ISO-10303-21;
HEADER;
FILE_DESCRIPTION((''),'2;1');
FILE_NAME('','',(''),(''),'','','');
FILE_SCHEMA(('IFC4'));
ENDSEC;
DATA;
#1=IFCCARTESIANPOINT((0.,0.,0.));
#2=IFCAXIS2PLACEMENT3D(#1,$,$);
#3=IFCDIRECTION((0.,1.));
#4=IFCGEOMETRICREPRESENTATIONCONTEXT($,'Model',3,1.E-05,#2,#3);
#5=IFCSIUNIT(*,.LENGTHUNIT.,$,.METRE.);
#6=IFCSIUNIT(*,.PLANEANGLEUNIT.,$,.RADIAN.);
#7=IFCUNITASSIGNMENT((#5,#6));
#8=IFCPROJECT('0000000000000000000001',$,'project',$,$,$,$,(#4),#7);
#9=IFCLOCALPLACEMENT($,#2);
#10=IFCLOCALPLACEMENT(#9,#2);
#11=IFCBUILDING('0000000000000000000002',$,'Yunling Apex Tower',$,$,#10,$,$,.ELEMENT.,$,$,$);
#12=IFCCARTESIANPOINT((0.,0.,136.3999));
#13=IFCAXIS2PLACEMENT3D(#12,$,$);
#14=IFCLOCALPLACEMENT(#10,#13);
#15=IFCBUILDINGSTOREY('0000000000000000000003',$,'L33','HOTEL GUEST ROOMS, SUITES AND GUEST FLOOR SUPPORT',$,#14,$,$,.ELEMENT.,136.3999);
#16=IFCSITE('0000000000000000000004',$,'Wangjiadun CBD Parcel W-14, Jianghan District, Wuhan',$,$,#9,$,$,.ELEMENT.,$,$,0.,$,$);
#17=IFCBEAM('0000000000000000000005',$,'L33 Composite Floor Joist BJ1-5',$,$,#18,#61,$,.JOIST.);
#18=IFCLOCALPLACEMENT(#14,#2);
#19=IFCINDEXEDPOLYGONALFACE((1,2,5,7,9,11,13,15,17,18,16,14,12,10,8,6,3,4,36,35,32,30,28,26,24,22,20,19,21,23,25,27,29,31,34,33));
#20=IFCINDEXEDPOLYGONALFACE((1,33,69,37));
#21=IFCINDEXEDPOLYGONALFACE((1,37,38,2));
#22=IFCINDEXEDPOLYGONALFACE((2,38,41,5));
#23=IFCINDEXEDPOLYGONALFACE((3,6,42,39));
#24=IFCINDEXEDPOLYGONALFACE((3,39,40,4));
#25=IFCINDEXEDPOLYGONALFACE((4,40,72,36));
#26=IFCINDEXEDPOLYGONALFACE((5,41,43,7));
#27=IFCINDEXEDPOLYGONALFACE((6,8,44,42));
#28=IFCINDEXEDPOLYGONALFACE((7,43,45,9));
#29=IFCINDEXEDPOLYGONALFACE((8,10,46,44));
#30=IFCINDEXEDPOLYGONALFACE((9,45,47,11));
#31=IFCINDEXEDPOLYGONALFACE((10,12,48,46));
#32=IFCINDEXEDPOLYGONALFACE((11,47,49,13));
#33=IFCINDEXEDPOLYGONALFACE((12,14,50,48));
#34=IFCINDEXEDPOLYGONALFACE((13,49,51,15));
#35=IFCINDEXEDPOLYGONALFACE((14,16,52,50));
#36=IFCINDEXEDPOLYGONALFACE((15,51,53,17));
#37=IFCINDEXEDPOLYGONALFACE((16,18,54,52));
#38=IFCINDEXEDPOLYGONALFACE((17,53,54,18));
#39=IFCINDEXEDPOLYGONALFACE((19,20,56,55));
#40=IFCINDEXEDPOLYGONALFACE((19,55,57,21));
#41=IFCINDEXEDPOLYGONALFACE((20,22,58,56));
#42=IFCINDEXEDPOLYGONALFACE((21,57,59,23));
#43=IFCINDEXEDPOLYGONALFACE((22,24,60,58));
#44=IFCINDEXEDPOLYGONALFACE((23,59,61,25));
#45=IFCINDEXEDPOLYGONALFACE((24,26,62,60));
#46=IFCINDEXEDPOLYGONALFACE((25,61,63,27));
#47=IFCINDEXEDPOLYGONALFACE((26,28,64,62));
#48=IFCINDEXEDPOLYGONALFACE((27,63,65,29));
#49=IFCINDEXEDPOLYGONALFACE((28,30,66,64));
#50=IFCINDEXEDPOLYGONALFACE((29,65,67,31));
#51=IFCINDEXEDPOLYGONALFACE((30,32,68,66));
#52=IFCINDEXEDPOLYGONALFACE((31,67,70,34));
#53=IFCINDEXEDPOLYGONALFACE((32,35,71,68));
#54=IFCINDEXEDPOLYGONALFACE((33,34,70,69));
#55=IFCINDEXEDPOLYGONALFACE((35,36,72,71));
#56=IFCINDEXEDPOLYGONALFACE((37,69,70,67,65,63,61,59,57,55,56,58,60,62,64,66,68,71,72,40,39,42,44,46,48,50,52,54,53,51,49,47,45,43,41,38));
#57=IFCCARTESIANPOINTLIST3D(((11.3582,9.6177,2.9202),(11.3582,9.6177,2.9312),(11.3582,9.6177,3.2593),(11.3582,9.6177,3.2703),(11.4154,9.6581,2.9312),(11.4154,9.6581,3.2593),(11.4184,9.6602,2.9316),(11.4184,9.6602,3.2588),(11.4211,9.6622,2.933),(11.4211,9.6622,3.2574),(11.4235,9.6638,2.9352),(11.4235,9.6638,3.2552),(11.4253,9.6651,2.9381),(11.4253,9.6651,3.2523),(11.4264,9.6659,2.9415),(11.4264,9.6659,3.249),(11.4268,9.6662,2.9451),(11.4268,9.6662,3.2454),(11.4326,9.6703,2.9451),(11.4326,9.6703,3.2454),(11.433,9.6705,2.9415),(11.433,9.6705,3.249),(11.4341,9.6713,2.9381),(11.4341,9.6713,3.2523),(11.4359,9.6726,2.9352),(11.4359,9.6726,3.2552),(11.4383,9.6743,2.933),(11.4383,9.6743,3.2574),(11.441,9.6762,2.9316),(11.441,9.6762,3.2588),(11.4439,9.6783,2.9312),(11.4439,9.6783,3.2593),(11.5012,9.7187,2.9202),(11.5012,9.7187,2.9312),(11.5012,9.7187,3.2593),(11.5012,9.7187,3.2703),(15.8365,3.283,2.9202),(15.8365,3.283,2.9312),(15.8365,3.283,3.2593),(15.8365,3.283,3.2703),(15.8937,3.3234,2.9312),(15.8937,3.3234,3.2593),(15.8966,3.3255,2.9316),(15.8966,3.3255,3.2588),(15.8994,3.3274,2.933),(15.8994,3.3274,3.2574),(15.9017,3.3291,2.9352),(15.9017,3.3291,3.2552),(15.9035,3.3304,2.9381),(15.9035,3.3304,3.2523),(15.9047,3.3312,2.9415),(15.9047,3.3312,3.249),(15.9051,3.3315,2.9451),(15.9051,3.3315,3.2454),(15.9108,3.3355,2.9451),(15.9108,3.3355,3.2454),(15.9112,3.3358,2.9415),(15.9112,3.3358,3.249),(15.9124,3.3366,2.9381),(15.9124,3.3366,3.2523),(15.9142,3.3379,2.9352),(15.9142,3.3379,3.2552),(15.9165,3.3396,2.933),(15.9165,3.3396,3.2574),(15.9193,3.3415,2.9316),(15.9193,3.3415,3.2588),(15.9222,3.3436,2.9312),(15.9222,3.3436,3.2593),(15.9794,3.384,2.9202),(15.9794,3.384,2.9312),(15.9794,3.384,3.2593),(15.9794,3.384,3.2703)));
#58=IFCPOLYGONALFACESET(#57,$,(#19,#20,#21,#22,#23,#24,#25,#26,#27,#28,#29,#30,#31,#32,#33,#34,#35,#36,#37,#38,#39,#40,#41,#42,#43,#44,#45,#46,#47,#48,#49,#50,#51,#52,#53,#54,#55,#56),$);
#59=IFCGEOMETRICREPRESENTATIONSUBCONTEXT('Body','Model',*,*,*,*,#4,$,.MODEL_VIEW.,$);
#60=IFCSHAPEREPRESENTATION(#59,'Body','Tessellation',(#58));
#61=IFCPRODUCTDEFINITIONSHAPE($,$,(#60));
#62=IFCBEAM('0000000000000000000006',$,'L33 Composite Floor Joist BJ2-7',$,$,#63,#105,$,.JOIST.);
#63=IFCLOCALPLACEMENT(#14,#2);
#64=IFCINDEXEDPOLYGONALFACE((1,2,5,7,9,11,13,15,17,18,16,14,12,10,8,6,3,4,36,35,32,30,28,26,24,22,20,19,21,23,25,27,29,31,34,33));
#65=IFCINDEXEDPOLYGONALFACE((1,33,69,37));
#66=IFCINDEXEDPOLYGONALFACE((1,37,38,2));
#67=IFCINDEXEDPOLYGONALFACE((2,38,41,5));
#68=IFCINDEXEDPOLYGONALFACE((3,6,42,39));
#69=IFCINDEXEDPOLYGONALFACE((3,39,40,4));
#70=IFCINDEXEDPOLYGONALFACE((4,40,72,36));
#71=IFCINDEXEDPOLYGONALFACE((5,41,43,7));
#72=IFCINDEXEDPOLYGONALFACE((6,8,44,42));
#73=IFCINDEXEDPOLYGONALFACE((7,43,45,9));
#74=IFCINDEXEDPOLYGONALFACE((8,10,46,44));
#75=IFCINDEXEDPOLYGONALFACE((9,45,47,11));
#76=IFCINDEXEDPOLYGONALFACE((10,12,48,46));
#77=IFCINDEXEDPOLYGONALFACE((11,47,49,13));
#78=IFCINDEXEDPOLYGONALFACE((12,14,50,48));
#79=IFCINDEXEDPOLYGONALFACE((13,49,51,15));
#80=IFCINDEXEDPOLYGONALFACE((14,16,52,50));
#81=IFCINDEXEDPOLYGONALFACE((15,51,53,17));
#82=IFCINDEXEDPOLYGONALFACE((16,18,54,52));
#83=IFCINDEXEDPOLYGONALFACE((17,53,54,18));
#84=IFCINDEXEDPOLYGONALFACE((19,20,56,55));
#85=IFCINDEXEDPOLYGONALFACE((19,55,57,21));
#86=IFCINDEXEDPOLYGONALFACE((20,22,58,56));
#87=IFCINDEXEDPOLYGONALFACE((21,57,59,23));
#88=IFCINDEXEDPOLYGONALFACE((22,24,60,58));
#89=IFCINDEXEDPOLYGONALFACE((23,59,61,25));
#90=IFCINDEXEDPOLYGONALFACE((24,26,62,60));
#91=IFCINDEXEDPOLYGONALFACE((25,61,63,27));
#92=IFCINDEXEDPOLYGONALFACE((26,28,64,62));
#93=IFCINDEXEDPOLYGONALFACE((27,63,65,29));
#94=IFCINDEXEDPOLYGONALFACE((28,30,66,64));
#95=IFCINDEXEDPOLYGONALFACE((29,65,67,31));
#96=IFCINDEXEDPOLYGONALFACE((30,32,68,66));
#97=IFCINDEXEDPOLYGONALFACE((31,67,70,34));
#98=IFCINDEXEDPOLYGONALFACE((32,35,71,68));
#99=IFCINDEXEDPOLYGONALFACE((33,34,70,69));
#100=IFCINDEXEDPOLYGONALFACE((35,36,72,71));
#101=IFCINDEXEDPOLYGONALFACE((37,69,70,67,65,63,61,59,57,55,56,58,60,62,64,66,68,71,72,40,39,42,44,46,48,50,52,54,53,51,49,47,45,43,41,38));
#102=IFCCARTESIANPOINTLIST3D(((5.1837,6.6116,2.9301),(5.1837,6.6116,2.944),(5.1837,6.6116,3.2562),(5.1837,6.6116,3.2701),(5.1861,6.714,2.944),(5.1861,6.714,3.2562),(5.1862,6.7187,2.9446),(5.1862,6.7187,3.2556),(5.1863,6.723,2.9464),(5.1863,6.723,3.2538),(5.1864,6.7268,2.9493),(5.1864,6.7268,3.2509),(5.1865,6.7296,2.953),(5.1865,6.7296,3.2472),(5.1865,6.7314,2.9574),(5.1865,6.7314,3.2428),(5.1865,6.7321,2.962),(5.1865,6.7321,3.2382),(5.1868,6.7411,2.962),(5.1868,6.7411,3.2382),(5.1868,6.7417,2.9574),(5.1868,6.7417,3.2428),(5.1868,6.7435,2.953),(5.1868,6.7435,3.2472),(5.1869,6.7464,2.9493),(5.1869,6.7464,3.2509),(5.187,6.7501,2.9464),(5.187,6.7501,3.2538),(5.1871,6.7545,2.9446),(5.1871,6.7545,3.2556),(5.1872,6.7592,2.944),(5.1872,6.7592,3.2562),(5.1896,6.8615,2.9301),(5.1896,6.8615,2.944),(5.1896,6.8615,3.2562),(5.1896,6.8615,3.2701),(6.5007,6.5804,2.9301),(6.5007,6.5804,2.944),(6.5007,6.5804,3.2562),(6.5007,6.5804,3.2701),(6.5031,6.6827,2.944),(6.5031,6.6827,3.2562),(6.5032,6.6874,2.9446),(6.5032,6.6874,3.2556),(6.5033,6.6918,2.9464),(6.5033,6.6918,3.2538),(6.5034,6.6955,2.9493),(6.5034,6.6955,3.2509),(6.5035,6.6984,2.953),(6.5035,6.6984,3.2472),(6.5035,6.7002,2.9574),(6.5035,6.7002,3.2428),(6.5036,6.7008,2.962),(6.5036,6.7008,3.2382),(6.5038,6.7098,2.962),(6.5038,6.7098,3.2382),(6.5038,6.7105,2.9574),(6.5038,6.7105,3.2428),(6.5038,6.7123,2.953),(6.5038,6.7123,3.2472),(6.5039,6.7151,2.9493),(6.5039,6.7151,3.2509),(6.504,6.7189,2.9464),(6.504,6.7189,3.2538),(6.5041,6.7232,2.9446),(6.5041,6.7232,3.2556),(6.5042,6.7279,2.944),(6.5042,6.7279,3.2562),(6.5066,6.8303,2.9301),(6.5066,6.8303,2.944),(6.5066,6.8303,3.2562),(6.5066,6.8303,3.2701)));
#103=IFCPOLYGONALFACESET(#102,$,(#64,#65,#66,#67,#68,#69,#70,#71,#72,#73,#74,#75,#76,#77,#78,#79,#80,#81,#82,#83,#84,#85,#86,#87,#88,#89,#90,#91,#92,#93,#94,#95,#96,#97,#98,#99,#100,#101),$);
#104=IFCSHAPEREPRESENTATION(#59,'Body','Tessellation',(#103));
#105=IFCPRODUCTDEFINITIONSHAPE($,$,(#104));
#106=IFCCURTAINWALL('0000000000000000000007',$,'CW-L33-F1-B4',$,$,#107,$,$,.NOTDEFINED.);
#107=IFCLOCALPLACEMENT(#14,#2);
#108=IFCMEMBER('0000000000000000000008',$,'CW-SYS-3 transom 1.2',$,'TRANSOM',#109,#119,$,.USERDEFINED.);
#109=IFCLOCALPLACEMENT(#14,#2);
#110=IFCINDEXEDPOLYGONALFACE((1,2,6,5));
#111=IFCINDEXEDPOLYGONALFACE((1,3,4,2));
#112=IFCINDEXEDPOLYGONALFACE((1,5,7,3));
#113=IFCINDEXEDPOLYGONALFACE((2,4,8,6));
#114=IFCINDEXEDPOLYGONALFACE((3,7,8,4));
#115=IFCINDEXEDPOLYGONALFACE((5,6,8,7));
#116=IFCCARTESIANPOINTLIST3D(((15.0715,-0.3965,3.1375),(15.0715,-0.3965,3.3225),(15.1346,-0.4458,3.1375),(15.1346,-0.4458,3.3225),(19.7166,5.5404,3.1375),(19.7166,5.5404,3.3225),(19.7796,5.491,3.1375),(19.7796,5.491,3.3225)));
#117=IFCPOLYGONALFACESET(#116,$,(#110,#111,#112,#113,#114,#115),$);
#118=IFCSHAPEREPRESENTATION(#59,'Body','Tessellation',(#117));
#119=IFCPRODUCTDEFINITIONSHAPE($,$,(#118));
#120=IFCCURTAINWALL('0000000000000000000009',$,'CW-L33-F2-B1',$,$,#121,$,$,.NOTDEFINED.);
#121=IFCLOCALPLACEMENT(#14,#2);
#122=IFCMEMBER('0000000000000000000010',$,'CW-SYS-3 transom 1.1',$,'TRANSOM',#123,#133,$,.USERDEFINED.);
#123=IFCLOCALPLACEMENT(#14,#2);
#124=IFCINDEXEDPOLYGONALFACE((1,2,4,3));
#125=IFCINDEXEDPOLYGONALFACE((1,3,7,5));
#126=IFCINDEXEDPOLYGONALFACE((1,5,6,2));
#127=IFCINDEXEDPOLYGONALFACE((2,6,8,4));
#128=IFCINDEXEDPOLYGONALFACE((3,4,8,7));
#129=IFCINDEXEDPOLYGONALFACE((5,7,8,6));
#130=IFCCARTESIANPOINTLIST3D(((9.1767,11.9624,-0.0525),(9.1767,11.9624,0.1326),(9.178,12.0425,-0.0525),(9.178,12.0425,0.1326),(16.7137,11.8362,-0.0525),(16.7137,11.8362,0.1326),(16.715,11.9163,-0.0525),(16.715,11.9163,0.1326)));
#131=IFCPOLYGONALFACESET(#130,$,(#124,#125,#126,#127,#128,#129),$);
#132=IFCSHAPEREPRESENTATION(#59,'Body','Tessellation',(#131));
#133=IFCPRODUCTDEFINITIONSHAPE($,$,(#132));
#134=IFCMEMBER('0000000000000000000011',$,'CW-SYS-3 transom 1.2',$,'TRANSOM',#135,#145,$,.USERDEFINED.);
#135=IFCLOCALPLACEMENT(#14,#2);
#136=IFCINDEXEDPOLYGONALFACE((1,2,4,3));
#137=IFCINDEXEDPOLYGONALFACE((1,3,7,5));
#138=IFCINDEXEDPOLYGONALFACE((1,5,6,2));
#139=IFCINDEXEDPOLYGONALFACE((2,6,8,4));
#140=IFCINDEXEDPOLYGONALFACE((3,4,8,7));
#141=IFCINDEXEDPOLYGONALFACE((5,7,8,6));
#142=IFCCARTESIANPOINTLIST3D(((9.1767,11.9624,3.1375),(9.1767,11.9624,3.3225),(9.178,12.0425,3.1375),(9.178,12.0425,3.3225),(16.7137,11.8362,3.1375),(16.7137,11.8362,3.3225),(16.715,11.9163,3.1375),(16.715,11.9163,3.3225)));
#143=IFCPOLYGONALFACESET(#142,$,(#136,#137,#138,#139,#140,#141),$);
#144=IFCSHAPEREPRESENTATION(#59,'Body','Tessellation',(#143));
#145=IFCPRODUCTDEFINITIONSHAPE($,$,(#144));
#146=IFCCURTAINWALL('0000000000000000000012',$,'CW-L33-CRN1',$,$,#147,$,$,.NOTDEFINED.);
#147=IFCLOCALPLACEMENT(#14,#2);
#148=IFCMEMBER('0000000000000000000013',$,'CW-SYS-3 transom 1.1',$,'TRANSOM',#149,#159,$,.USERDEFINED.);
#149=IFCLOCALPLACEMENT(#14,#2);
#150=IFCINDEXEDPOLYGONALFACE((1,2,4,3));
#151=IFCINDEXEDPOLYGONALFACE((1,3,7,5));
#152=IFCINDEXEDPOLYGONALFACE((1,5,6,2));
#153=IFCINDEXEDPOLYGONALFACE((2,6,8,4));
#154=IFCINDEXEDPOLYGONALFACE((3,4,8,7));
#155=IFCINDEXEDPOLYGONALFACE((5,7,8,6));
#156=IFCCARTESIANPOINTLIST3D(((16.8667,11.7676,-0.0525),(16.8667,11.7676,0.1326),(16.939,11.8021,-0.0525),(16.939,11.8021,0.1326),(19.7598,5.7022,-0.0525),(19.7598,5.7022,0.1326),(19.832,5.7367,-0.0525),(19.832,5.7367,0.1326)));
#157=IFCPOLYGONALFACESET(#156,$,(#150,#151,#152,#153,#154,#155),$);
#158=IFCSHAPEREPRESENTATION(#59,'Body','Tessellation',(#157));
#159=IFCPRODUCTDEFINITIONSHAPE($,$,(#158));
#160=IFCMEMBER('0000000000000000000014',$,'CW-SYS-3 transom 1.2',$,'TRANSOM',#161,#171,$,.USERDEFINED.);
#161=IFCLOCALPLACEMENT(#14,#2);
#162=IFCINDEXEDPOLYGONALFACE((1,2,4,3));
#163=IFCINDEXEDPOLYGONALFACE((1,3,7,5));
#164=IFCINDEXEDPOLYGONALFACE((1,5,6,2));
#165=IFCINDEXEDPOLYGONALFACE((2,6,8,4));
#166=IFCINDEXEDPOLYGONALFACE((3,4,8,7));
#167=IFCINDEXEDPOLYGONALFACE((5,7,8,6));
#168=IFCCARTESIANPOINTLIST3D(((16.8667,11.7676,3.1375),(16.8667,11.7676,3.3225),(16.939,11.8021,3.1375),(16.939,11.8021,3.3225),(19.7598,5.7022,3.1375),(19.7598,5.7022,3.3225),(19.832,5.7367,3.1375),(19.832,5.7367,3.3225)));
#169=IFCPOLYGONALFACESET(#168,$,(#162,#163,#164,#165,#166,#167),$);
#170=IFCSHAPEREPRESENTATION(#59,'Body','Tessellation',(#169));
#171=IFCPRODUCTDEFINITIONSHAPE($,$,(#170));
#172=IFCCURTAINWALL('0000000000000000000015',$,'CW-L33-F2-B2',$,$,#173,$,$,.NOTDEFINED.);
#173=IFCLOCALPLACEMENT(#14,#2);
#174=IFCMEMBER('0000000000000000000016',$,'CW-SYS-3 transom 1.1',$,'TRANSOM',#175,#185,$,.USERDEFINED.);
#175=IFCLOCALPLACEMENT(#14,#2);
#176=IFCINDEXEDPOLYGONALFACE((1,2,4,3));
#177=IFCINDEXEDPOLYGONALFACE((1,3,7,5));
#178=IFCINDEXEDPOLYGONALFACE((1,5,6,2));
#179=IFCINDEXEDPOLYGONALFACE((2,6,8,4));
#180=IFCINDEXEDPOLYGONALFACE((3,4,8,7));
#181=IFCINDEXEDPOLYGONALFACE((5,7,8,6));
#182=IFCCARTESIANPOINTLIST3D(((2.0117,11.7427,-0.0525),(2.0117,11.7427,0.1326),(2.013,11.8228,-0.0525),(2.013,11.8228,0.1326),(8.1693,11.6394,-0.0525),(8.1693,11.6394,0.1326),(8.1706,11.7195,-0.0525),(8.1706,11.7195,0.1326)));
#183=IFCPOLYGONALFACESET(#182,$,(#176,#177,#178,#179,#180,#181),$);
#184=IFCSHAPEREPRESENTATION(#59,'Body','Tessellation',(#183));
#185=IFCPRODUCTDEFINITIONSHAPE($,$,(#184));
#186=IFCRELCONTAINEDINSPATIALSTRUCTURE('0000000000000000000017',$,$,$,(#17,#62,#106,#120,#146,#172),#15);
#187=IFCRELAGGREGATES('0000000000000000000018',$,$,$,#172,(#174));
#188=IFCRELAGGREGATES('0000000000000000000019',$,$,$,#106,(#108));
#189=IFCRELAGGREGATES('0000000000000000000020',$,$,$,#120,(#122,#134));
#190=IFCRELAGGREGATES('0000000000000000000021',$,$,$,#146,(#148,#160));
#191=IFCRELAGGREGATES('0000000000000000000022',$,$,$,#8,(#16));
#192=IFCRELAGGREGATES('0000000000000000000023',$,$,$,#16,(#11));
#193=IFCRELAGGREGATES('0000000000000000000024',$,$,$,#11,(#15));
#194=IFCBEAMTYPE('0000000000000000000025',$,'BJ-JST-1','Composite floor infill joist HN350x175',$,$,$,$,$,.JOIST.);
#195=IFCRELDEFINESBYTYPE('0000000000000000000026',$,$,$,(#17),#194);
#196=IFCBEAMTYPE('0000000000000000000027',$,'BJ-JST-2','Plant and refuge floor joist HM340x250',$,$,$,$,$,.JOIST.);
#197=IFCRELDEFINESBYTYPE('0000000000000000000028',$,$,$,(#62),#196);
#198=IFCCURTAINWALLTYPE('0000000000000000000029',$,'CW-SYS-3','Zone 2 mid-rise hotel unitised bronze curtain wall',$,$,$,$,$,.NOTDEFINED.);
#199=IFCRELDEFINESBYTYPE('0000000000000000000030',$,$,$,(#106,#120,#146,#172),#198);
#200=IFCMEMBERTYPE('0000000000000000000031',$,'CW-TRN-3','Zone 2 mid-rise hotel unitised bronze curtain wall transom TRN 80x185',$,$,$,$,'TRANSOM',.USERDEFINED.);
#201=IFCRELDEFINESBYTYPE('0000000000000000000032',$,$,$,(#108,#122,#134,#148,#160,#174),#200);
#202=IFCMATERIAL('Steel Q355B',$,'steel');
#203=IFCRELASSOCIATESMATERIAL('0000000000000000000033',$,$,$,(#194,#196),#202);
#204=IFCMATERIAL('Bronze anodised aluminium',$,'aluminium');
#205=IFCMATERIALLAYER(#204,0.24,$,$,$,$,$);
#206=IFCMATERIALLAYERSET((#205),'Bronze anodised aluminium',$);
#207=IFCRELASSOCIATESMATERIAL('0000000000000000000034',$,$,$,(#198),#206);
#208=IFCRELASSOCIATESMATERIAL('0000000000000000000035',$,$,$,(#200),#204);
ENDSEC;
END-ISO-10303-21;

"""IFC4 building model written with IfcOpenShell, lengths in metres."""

from ifc_helpers import new_model, si_unit, direction, frame, origin, origin_2d, place, context, subcontext, project, spatial, rectangle, i_section, extrude, source, transform, mapped, material, layer, layer_set, material_profile, profile_set, type_object, element, aggregate, save


model = new_model("IFC4")

# Units and contexts
model_context = context("Model", 3, precision=1e-05, world=origin(), true_north=direction((0.0, 1.0)))
body_context = subcontext(model_context, "Body", "Model", "MODEL_VIEW")
ifc_project = project(units=[si_unit("LENGTHUNIT", "METRE"), si_unit("PLANEANGLEUNIT", "RADIAN")], contexts=[model_context])

# Site, building, storey
site_placement = place(None, origin())
site = spatial("IfcSite", under=ifc_project, at=site_placement, Name="Wangjiadun CBD Parcel W-14, Jianghan District, Wuhan", CompositionType="ELEMENT", RefElevation=0.0)
building_placement = place(site_placement, origin())
building = spatial("IfcBuilding", under=site, at=building_placement, Name="Yunling Apex Tower", CompositionType="ELEMENT")
storey_placement = place(building_placement, frame((0.0, 0.0, 136.3999)))
storey = spatial("IfcBuildingStorey", under=building, at=storey_placement, Name="L33", Description="HOTEL GUEST ROOMS, SUITES AND GUEST FLOOR SUPPORT", CompositionType="ELEMENT", Elevation=136.3999)

# Beams
ifc_material_1 = material(Name="Steel Q355B", Category="steel")
ifc_material_profile_1 = material_profile(ifc_material_1, i_section(OverallWidth=0.175, OverallDepth=0.3501, WebThickness=0.0071, FlangeThickness=0.011, FilletRadius=0.0139, at=origin_2d()))
ifc_profile_set_1 = profile_set([ifc_material_profile_1], Name="Steel Q355B")
beam_type_1 = type_object("IfcBeamType", Name="BJ-JST-1", Description="Composite floor infill joist HN350x175", PredefinedType="JOIST", material=ifc_profile_set_1)
shared_shape_1 = source(origin(), body_context, "Body", "SweptSolid", [
    extrude(i_section(OverallWidth=0.175, OverallDepth=0.3501, WebThickness=0.0071, FlangeThickness=0.011, FilletRadius=0.0139, at=origin_2d()), origin(), (0.0, 0.0, 1.0), 7.7578),
])
beam_1_placement = place(storey_placement, frame((15.908, 3.3335, 3.0952), z_axis=(-0.57726, 0.81656, 0.0), x_axis=(-0.81656, -0.57726, 0.0)))
element("IfcBeam", 1, at=beam_1_placement, inside=storey, type_object=beam_type_1, Name="L33 Composite Floor Joist BJ1-5", PredefinedType="JOIST", context=body_context, shape_type="MappedRepresentation", body=[
    mapped(shared_shape_1, transform((0.0, 0.0, 0.0), scale=1.0)),
])
ifc_material_profile_2 = material_profile(ifc_material_1, i_section(OverallWidth=0.25, OverallDepth=0.3401, WebThickness=0.009, FlangeThickness=0.0139, FilletRadius=0.0181, at=origin_2d()))
ifc_profile_set_2 = profile_set([ifc_material_profile_2], Name="Steel Q355B")
beam_type_2 = type_object("IfcBeamType", Name="BJ-JST-2", Description="Plant and refuge floor joist HM340x250", PredefinedType="JOIST", material=ifc_profile_set_2)
shared_shape_2 = source(origin(), body_context, "Body", "SweptSolid", [
    extrude(i_section(OverallWidth=0.25, OverallDepth=0.3401, WebThickness=0.009, FlangeThickness=0.0139, FilletRadius=0.0181, at=origin_2d()), origin(), (0.0, 0.0, 1.0), 1.3174),
])
beam_2_placement = place(storey_placement, frame((6.5037, 6.7053, 3.1001), z_axis=(-0.999719, 0.023723, 0.0), x_axis=(-0.023723, -0.999719, 0.0)))
element("IfcBeam", 2, at=beam_2_placement, inside=storey, type_object=beam_type_2, Name="L33 Composite Floor Joist BJ2-7", PredefinedType="JOIST", context=body_context, shape_type="MappedRepresentation", body=[
    mapped(shared_shape_2, transform((0.0, 0.0, 0.0), scale=1.0)),
])

# Curtain wall, member
ifc_material_2 = material(Name="Bronze anodised aluminium", Category="aluminium")
ifc_layer_1 = layer(ifc_material_2, 0.24)
ifc_layer_set_1 = layer_set([ifc_layer_1], Name="Bronze anodised aluminium")
curtain_wall_type = type_object("IfcCurtainWallType", Name="CW-SYS-3", Description="Zone 2 mid-rise hotel unitised bronze curtain wall", PredefinedType="NOTDEFINED", material=ifc_layer_set_1)
curtain_wall_1_placement = place(storey_placement, origin())
curtain_wall_1 = element("IfcCurtainWall", 3, at=curtain_wall_1_placement, inside=storey, type_object=curtain_wall_type, Name="CW-L33-F1-B4", PredefinedType="NOTDEFINED")
ifc_material_profile_3 = material_profile(ifc_material_2, rectangle(XDim=0.0801, YDim=0.1851, at=origin_2d()))
ifc_profile_set_3 = profile_set([ifc_material_profile_3], Name="Bronze anodised aluminium")
member_type_1 = type_object("IfcMemberType", Name="CW-TRN-3", Description="Zone 2 mid-rise hotel unitised bronze curtain wall transom TRN 80x185", ElementType="TRANSOM", PredefinedType="USERDEFINED", material=ifc_profile_set_3)
shared_shape_3 = source(origin(), body_context, "Body", "SweptSolid", [
    extrude(rectangle(XDim=0.0801, YDim=0.1851, at=origin_2d()), origin(), (0.0, 0.0, 1.0), 7.5381),
])
member_1_placement = place(storey_placement, frame((15.103, -0.4211, 3.23), z_axis=(0.616214, 0.787579, 0.0), x_axis=(-0.787579, 0.616214, 0.0)))
member_1 = element("IfcMember", 4, at=member_1_placement, type_object=member_type_1, Name="CW-SYS-3 transom 1.2", ObjectType="TRANSOM", PredefinedType="USERDEFINED", context=body_context, shape_type="MappedRepresentation", body=[
    mapped(shared_shape_3, transform((0.0, 0.0, 0.0), scale=1.0)),
])

# Curtain walls, members
curtain_wall_2_placement = place(storey_placement, origin())
curtain_wall_2 = element("IfcCurtainWall", 5, at=curtain_wall_2_placement, inside=storey, type_object=curtain_wall_type, Name="CW-L33-F2-B1", PredefinedType="NOTDEFINED")
member_2_placement = place(storey_placement, frame((16.7144, 11.8762, 0.04), z_axis=(-0.99986, 0.016744, 0.0), x_axis=(-0.016744, -0.99986, 0.0)))
member_2 = element("IfcMember", 6, at=member_2_placement, type_object=member_type_1, Name="CW-SYS-3 transom 1.1", ObjectType="TRANSOM", PredefinedType="USERDEFINED", context=body_context, shape_type="MappedRepresentation", body=[
    mapped(shared_shape_3, transform((0.0, 0.0, 0.0), scale=1.0)),
])
member_3_placement = place(storey_placement, frame((16.7144, 11.8762, 3.23), z_axis=(-0.99986, 0.016744, 0.0), x_axis=(-0.016744, -0.99986, 0.0)))
member_3 = element("IfcMember", 7, at=member_3_placement, type_object=member_type_1, Name="CW-SYS-3 transom 1.2", ObjectType="TRANSOM", PredefinedType="USERDEFINED", context=body_context, shape_type="MappedRepresentation", body=[
    mapped(shared_shape_3, transform((0.0, 0.0, 0.0), scale=1.0)),
])
curtain_wall_3_placement = place(storey_placement, origin())
curtain_wall_3 = element("IfcCurtainWall", 8, at=curtain_wall_3_placement, inside=storey, type_object=curtain_wall_type, Name="CW-L33-CRN1", PredefinedType="NOTDEFINED")
shared_shape_4 = source(origin(), body_context, "Body", "SweptSolid", [
    extrude(rectangle(XDim=0.0801, YDim=0.1851, at=origin_2d()), origin(), (0.0, 0.0, 1.0), 6.72),
])
member_4_placement = place(storey_placement, frame((19.7959, 5.7195, 0.04), z_axis=(-0.430512, 0.902585, 0.0), x_axis=(-0.902585, -0.430512, 0.0)))
member_4 = element("IfcMember", 9, at=member_4_placement, type_object=member_type_1, Name="CW-SYS-3 transom 1.1", ObjectType="TRANSOM", PredefinedType="USERDEFINED", context=body_context, shape_type="MappedRepresentation", body=[
    mapped(shared_shape_4, transform((0.0, 0.0, 0.0), scale=1.0)),
])
member_5_placement = place(storey_placement, frame((19.7959, 5.7195, 3.23), z_axis=(-0.430512, 0.902585, 0.0), x_axis=(-0.902585, -0.430512, 0.0)))
member_5 = element("IfcMember", 10, at=member_5_placement, type_object=member_type_1, Name="CW-SYS-3 transom 1.2", ObjectType="TRANSOM", PredefinedType="USERDEFINED", context=body_context, shape_type="MappedRepresentation", body=[
    mapped(shared_shape_4, transform((0.0, 0.0, 0.0), scale=1.0)),
])
curtain_wall_4_placement = place(storey_placement, origin())
curtain_wall_4 = element("IfcCurtainWall", 11, at=curtain_wall_4_placement, inside=storey, type_object=curtain_wall_type, Name="CW-L33-F2-B2", PredefinedType="NOTDEFINED")
shared_shape_5 = source(origin(), body_context, "Body", "SweptSolid", [
    extrude(rectangle(XDim=0.0801, YDim=0.1851, at=origin_2d()), origin(), (0.0, 0.0, 1.0), 6.1584),
])
member_6_placement = place(storey_placement, frame((8.1699, 11.6794, 0.04), z_axis=(-0.999859, 0.016769, 0.0), x_axis=(-0.016769, -0.999859, 0.0)))
member_6 = element("IfcMember", 12, at=member_6_placement, type_object=member_type_1, Name="CW-SYS-3 transom 1.1", ObjectType="TRANSOM", PredefinedType="USERDEFINED", context=body_context, shape_type="MappedRepresentation", body=[
    mapped(shared_shape_5, transform((0.0, 0.0, 0.0), scale=1.0)),
])

aggregate(curtain_wall_4, [member_6])

aggregate(curtain_wall_1, [member_1])
aggregate(curtain_wall_2, [member_2, member_3])
aggregate(curtain_wall_3, [member_4, member_5])

save(model, "model.ifc")
